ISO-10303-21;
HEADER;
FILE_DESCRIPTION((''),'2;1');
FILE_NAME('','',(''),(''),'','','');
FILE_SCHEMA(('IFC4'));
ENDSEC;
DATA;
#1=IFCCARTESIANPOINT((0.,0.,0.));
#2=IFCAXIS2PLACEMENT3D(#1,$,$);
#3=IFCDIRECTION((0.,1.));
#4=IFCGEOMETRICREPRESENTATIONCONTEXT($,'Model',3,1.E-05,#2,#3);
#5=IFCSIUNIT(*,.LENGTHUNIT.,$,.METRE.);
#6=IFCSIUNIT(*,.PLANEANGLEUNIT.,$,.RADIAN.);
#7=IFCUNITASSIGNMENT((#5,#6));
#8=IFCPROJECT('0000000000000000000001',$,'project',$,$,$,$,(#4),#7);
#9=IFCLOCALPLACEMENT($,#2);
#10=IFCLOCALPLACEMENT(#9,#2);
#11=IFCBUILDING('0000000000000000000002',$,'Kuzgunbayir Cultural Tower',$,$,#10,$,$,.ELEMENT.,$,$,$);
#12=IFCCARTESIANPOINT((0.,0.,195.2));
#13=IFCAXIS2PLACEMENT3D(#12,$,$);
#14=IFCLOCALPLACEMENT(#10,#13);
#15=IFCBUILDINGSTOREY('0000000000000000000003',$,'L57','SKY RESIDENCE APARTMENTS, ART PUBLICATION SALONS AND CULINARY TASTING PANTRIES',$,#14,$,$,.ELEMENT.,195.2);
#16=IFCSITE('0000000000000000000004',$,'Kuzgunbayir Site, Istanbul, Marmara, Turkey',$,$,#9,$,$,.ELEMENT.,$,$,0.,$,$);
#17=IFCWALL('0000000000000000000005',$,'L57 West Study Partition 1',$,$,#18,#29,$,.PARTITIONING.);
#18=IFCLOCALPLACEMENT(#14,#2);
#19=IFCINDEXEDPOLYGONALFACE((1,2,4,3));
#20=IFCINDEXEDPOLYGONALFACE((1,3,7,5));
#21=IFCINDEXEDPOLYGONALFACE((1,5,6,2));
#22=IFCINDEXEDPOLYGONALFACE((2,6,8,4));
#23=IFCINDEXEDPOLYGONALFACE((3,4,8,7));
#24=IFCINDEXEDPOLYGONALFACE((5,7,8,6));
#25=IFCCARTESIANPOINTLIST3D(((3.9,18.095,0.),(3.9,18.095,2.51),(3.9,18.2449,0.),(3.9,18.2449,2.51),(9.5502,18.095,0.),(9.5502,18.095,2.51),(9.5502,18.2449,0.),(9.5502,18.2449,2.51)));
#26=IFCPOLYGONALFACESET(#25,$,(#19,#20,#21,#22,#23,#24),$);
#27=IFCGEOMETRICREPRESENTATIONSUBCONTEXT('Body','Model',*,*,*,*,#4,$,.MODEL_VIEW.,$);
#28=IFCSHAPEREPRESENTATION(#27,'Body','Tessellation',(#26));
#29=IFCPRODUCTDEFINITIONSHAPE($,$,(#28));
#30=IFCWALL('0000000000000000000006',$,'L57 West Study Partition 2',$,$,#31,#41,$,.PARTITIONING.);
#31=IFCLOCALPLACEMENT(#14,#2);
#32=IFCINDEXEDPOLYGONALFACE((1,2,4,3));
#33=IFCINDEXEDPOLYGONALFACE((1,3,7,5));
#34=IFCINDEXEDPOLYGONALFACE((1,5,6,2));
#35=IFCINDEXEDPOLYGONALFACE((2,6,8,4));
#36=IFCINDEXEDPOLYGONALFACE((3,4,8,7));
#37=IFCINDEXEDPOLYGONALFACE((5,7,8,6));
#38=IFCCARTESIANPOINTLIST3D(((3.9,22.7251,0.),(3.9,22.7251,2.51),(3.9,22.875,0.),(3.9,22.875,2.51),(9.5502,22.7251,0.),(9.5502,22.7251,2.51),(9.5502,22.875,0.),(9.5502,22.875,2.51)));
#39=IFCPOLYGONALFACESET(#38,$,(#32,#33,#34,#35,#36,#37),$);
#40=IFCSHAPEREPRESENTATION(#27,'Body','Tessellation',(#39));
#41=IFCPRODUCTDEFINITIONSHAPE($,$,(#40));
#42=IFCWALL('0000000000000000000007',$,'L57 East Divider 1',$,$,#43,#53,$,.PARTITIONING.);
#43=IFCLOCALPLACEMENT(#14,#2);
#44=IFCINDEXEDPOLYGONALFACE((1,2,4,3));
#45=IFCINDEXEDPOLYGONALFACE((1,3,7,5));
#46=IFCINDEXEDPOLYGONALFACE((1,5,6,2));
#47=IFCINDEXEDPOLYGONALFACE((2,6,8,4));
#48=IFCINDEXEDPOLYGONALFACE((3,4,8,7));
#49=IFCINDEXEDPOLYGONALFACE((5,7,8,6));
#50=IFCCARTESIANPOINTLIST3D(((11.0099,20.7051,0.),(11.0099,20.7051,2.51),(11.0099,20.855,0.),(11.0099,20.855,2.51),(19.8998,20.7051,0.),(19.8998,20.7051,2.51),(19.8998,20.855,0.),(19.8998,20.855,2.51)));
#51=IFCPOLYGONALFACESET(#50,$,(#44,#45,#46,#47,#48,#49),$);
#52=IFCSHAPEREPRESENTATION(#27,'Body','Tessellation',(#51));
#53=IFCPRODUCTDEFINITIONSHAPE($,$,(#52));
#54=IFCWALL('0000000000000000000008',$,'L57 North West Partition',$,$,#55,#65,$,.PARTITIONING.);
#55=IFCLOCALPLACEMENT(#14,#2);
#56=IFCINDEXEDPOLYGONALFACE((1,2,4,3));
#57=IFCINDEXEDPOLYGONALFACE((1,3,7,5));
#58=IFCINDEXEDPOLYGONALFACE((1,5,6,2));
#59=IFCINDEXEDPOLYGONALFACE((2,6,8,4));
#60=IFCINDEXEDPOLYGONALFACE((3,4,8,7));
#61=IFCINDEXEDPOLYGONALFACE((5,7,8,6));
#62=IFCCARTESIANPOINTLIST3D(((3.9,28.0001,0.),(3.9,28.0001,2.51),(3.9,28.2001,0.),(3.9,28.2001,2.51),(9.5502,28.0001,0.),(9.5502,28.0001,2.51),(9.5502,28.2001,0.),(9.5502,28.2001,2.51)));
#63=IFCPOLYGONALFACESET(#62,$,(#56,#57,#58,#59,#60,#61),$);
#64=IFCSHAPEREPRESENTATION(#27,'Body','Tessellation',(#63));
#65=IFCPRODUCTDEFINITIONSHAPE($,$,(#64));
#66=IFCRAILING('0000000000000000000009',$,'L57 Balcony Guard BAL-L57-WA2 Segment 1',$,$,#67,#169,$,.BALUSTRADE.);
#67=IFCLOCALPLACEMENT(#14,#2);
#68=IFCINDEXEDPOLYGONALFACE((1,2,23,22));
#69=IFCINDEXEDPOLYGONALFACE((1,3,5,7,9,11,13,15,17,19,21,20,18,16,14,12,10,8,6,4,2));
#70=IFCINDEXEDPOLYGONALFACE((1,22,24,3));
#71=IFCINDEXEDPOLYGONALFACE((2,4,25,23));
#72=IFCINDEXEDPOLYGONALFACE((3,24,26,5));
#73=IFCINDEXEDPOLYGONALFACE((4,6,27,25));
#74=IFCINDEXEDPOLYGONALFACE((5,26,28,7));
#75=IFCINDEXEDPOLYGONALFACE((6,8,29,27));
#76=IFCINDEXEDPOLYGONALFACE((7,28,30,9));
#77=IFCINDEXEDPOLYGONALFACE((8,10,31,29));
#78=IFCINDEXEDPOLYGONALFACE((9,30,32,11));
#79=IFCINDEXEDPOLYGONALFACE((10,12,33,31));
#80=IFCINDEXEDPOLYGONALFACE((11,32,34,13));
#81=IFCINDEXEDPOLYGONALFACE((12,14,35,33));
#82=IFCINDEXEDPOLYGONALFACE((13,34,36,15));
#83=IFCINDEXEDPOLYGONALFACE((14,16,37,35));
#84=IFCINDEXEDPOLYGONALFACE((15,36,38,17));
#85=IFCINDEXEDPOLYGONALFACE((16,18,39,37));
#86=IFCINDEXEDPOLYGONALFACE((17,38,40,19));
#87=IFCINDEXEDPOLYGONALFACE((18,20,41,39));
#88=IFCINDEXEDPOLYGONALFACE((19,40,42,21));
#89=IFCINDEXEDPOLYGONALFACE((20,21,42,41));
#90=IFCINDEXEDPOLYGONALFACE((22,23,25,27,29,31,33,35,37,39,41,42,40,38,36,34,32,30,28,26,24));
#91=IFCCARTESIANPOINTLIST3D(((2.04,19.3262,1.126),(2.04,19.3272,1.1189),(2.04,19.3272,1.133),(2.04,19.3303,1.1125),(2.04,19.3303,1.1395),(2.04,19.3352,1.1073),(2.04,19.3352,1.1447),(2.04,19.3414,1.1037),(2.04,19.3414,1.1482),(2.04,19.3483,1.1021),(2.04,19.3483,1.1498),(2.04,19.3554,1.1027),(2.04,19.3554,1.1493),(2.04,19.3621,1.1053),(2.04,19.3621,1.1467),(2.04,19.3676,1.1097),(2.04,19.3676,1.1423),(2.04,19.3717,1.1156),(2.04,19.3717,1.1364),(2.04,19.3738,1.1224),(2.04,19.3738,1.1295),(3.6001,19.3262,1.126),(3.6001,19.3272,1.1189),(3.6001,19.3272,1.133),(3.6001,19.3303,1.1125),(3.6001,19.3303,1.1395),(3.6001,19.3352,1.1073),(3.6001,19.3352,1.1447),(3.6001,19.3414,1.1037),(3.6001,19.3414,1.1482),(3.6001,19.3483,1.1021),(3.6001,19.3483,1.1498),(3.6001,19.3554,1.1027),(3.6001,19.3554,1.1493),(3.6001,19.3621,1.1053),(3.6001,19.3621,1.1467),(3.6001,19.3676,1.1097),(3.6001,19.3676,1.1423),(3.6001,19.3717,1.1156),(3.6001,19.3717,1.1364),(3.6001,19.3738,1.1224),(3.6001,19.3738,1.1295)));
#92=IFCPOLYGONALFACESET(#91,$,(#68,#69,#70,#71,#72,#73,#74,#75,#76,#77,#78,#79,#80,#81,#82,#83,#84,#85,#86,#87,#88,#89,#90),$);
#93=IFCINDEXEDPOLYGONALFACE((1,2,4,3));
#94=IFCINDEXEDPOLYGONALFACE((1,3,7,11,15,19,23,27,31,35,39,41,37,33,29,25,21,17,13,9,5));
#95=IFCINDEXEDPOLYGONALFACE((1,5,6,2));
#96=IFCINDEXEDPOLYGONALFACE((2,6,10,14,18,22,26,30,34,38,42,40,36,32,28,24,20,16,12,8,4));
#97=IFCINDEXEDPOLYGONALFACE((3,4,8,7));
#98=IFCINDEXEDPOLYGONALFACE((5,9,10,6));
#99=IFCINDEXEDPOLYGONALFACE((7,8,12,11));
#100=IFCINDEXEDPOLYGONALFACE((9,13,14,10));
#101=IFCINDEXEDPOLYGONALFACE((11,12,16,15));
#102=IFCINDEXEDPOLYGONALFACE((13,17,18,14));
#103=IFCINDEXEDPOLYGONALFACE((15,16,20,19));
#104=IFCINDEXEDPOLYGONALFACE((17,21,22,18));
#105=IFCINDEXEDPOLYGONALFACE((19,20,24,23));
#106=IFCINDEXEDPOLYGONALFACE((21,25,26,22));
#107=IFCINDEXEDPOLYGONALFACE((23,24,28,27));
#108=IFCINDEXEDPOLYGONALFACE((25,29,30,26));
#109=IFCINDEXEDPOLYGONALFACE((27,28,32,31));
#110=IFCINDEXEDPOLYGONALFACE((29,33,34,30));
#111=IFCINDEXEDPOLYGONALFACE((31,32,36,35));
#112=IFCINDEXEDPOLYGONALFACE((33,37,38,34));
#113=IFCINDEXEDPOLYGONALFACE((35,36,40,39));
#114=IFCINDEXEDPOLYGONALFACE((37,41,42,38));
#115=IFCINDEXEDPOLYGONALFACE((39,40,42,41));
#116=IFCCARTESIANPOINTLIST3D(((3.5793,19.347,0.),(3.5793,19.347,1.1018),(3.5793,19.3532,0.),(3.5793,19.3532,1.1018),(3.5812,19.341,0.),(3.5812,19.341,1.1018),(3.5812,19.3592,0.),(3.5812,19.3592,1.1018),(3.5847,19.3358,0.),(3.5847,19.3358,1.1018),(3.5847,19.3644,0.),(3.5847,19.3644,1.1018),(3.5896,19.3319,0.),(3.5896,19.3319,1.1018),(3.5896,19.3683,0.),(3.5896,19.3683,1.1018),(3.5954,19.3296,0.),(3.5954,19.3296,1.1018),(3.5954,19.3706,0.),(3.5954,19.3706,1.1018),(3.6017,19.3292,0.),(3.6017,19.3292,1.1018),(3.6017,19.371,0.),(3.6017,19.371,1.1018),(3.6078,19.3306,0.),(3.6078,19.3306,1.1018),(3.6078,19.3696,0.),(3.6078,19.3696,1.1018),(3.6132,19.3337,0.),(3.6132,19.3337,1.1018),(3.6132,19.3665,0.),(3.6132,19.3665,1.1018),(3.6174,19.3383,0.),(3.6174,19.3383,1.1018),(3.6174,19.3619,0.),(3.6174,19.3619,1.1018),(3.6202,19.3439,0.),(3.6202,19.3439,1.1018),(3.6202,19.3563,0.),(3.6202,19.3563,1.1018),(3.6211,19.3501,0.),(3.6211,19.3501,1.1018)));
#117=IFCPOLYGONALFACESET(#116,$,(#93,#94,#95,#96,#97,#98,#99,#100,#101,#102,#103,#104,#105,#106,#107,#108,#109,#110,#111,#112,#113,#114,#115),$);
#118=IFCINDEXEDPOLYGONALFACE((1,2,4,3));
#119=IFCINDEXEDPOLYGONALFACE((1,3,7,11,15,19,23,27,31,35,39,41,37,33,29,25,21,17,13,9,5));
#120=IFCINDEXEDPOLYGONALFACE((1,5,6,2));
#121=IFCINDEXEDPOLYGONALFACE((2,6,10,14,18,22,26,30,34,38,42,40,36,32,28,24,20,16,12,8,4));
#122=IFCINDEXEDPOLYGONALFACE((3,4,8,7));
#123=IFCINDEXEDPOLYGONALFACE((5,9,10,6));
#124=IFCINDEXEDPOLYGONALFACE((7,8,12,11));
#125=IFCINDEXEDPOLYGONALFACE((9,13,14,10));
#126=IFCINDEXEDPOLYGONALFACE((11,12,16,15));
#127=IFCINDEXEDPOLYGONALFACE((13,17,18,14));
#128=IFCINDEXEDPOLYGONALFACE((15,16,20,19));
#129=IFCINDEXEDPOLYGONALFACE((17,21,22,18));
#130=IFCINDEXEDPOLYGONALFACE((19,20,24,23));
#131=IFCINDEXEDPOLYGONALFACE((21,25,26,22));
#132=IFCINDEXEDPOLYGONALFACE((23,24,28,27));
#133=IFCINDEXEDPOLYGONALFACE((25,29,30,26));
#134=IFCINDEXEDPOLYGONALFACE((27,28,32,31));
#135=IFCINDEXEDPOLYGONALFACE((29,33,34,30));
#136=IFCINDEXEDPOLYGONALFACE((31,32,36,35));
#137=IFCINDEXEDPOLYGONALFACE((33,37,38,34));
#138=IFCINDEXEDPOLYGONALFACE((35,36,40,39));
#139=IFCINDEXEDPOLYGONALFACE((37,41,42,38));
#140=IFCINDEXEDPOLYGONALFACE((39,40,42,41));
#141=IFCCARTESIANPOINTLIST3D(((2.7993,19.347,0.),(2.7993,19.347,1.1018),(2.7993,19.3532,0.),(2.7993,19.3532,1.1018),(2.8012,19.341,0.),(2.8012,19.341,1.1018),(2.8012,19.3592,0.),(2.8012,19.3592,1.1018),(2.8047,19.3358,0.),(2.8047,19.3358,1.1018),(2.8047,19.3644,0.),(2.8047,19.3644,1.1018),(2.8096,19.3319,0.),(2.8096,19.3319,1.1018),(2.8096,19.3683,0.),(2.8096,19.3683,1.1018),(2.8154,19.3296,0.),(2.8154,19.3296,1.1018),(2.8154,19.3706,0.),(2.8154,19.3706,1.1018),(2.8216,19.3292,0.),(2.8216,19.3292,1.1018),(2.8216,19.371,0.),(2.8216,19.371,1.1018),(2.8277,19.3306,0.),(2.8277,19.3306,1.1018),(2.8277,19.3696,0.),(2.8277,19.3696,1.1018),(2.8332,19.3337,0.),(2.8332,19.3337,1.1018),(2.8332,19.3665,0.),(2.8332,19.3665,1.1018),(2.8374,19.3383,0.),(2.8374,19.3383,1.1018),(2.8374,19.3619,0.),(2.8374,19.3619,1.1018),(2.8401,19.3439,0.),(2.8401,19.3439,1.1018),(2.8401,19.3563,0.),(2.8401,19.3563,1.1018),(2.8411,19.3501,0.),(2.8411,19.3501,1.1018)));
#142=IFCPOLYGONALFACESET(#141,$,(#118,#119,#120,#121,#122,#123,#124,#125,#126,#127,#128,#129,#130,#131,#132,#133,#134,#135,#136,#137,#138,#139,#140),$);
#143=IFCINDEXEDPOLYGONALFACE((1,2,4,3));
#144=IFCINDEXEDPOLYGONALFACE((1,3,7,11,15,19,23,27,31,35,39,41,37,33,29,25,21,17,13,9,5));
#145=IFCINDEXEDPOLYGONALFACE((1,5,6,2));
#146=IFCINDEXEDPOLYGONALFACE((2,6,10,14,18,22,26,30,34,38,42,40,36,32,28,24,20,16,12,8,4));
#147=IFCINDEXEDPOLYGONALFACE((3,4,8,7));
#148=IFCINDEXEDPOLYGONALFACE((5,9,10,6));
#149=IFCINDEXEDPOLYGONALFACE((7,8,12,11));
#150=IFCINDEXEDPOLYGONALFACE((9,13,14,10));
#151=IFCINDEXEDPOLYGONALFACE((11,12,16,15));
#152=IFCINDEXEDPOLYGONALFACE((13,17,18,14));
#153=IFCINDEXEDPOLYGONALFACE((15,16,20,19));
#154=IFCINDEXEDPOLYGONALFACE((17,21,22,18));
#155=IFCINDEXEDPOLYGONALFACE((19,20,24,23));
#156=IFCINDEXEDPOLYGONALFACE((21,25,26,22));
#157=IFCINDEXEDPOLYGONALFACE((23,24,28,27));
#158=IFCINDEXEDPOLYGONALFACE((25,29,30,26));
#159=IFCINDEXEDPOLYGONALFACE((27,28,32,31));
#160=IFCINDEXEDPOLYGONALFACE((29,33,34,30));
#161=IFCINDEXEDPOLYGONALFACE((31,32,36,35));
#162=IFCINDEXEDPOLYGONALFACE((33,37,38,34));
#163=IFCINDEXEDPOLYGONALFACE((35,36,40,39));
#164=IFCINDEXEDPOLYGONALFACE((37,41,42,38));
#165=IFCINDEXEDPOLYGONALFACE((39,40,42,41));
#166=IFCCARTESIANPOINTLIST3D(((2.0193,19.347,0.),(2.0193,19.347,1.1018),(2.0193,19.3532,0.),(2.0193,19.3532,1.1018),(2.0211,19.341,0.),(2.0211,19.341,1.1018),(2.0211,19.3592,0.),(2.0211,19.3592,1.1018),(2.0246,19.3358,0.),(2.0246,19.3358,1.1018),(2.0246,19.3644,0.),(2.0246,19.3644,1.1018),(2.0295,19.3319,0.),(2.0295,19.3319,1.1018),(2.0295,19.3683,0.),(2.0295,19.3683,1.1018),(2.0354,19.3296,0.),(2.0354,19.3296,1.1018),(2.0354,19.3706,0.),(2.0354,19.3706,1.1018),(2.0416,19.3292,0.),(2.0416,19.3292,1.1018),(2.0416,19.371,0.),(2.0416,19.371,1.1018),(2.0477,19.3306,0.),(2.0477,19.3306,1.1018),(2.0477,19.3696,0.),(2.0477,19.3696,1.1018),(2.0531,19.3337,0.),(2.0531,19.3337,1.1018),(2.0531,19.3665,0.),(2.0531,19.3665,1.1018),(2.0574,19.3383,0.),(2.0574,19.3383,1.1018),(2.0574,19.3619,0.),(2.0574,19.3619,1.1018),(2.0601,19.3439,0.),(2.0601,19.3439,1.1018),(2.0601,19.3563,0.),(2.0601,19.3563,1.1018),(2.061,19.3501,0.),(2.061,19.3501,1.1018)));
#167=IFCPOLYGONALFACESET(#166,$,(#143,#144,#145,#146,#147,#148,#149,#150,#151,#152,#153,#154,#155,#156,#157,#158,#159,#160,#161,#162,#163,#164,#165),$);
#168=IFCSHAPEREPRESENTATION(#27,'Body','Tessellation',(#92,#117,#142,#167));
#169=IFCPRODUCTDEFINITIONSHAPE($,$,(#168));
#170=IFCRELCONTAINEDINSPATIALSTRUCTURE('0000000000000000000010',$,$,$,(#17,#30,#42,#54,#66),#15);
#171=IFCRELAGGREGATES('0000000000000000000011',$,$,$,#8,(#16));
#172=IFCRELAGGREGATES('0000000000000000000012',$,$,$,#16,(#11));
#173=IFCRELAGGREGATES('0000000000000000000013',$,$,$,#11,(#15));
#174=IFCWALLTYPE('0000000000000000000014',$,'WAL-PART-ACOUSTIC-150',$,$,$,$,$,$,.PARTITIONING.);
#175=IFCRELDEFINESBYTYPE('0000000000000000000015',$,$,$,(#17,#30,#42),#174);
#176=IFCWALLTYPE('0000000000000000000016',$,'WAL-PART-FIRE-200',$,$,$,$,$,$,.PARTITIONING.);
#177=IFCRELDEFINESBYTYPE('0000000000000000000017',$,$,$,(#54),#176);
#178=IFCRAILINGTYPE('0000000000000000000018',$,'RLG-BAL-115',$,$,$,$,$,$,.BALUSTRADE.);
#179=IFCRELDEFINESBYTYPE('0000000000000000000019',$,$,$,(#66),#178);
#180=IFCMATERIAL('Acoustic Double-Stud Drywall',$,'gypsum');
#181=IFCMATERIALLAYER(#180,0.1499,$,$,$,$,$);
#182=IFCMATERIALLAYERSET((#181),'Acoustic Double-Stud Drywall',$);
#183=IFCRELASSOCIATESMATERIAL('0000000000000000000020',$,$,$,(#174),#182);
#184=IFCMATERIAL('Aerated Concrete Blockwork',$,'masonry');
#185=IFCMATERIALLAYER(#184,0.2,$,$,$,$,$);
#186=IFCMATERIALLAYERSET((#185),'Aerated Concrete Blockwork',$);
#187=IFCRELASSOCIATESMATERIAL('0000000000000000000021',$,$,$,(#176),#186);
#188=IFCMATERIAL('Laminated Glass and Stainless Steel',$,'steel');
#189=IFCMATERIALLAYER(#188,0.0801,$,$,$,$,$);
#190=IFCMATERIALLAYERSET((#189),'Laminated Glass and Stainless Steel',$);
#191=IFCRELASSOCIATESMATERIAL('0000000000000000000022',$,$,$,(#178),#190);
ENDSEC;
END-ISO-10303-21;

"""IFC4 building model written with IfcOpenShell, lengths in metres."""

from ifc_helpers import new_model, si_unit, direction, frame, frame_2d, origin, origin_2d, place, context, subcontext, project, spatial, rectangle, circle, extrude, material, layer, layer_set, type_object, element, save


model = new_model("IFC4")

# Units and contexts
model_context = context("Model", 3, precision=1e-05, world=origin(), true_north=direction((0.0, 1.0)))
body_context = subcontext(model_context, "Body", "Model", "MODEL_VIEW")
ifc_project = project(units=[si_unit("LENGTHUNIT", "METRE"), si_unit("PLANEANGLEUNIT", "RADIAN")], contexts=[model_context])

# Site, building, storey
site_placement = place(None, origin())
site = spatial("IfcSite", under=ifc_project, at=site_placement, Name="Kuzgunbayir Site, Istanbul, Marmara, Turkey", CompositionType="ELEMENT", RefElevation=0.0)
building_placement = place(site_placement, origin())
building = spatial("IfcBuilding", under=site, at=building_placement, Name="Kuzgunbayir Cultural Tower", CompositionType="ELEMENT")
storey_placement = place(building_placement, frame((0.0, 0.0, 195.2)))
storey = spatial("IfcBuildingStorey", under=building, at=storey_placement, Name="L57", Description="SKY RESIDENCE APARTMENTS, ART PUBLICATION SALONS AND CULINARY TASTING PANTRIES", CompositionType="ELEMENT", Elevation=195.2)

# Walls
ifc_material_1 = material(Name="Acoustic Double-Stud Drywall", Category="gypsum")
ifc_layer_1 = layer(ifc_material_1, 0.1499)
ifc_layer_set_1 = layer_set([ifc_layer_1], Name="Acoustic Double-Stud Drywall")
wall_type_1 = type_object("IfcWallType", Name="WAL-PART-ACOUSTIC-150", PredefinedType="PARTITIONING", material=ifc_layer_set_1)
for number, where, z_axis, x_axis, name in (
    (1, (3.8999, 18.1699, 0.0), (0.0, 0.0, 1.0), (1.0, 0.0, 0.0), "L57 West Study Partition 1"),
    (2, (3.8999, 22.8, 0.0), (0.0, 0.0, 1.0), (1.0, 0.0, 0.0), "L57 West Study Partition 2"),
):
    element("IfcWall", number, at=place(storey_placement, frame(where, z_axis=z_axis, x_axis=x_axis)), inside=storey, type_object=wall_type_1, Name=name, PredefinedType="PARTITIONING", context=body_context, shape_type="SweptSolid", body=[
        extrude(rectangle(XDim=5.6501, YDim=0.1499, at=frame_2d((2.8252, 0.0))), origin(), (0.0, 0.0, 1.0), 2.51),
    ])
wall_1_placement = place(storey_placement, frame((11.01, 20.78, 0.0), z_axis=(0.0, 0.0, 1.0), x_axis=(1.0, 0.0, 0.0)))
element("IfcWall", 3, at=wall_1_placement, inside=storey, type_object=wall_type_1, Name="L57 East Divider 1", PredefinedType="PARTITIONING", context=body_context, shape_type="SweptSolid", body=[
    extrude(rectangle(XDim=8.8899, YDim=0.1499, at=frame_2d((4.4448, 0.0))), origin(), (0.0, 0.0, 1.0), 2.51),
])
ifc_material_2 = material(Name="Aerated Concrete Blockwork", Category="masonry")
ifc_layer_2 = layer(ifc_material_2, 0.2)
ifc_layer_set_2 = layer_set([ifc_layer_2], Name="Aerated Concrete Blockwork")
wall_type_2 = type_object("IfcWallType", Name="WAL-PART-FIRE-200", PredefinedType="PARTITIONING", material=ifc_layer_set_2)
wall_2_placement = place(storey_placement, frame((3.8999, 28.1001, 0.0), z_axis=(0.0, 0.0, 1.0), x_axis=(1.0, 0.0, 0.0)))
element("IfcWall", 4, at=wall_2_placement, inside=storey, type_object=wall_type_2, Name="L57 North West Partition", PredefinedType="PARTITIONING", context=body_context, shape_type="SweptSolid", body=[
    extrude(rectangle(XDim=5.6501, YDim=0.2, at=frame_2d((2.8252, 0.0))), origin(), (0.0, 0.0, 1.0), 2.51),
])

# Railing
ifc_material_3 = material(Name="Laminated Glass and Stainless Steel", Category="steel")
ifc_layer_3 = layer(ifc_material_3, 0.0801)
ifc_layer_set_3 = layer_set([ifc_layer_3], Name="Laminated Glass and Stainless Steel")
railing_type = type_object("IfcRailingType", Name="RLG-BAL-115", PredefinedType="BALUSTRADE", material=ifc_layer_set_3)
railing_1_placement = place(storey_placement, frame((3.6001, 19.3501, 0.0)))
element("IfcRailing", 5, at=railing_1_placement, inside=storey, type_object=railing_type, Name="L57 Balcony Guard BAL-L57-WA2 Segment 1", PredefinedType="BALUSTRADE", context=body_context, shape_type="SweptSolid", body=[
    extrude(circle(Radius=0.0239, at=origin_2d()), frame((0.0, 0.0, 1.126), z_axis=(-1.0, 0.0, 0.0), x_axis=(0.0, -1.0, 0.0)), (0.0, 0.0, 1.0), 1.5601),
    extrude(circle(Radius=0.021, at=origin_2d()), origin(), (0.0, 0.0, 1.0), 1.1018),
    extrude(circle(Radius=0.021, at=origin_2d()), frame((-0.78, 0.0, 0.0)), (0.0, 0.0, 1.0), 1.1018),
    extrude(circle(Radius=0.021, at=origin_2d()), frame((-1.5601, 0.0, 0.0)), (0.0, 0.0, 1.0), 1.1018),
])

save(model, "model.ifc")
